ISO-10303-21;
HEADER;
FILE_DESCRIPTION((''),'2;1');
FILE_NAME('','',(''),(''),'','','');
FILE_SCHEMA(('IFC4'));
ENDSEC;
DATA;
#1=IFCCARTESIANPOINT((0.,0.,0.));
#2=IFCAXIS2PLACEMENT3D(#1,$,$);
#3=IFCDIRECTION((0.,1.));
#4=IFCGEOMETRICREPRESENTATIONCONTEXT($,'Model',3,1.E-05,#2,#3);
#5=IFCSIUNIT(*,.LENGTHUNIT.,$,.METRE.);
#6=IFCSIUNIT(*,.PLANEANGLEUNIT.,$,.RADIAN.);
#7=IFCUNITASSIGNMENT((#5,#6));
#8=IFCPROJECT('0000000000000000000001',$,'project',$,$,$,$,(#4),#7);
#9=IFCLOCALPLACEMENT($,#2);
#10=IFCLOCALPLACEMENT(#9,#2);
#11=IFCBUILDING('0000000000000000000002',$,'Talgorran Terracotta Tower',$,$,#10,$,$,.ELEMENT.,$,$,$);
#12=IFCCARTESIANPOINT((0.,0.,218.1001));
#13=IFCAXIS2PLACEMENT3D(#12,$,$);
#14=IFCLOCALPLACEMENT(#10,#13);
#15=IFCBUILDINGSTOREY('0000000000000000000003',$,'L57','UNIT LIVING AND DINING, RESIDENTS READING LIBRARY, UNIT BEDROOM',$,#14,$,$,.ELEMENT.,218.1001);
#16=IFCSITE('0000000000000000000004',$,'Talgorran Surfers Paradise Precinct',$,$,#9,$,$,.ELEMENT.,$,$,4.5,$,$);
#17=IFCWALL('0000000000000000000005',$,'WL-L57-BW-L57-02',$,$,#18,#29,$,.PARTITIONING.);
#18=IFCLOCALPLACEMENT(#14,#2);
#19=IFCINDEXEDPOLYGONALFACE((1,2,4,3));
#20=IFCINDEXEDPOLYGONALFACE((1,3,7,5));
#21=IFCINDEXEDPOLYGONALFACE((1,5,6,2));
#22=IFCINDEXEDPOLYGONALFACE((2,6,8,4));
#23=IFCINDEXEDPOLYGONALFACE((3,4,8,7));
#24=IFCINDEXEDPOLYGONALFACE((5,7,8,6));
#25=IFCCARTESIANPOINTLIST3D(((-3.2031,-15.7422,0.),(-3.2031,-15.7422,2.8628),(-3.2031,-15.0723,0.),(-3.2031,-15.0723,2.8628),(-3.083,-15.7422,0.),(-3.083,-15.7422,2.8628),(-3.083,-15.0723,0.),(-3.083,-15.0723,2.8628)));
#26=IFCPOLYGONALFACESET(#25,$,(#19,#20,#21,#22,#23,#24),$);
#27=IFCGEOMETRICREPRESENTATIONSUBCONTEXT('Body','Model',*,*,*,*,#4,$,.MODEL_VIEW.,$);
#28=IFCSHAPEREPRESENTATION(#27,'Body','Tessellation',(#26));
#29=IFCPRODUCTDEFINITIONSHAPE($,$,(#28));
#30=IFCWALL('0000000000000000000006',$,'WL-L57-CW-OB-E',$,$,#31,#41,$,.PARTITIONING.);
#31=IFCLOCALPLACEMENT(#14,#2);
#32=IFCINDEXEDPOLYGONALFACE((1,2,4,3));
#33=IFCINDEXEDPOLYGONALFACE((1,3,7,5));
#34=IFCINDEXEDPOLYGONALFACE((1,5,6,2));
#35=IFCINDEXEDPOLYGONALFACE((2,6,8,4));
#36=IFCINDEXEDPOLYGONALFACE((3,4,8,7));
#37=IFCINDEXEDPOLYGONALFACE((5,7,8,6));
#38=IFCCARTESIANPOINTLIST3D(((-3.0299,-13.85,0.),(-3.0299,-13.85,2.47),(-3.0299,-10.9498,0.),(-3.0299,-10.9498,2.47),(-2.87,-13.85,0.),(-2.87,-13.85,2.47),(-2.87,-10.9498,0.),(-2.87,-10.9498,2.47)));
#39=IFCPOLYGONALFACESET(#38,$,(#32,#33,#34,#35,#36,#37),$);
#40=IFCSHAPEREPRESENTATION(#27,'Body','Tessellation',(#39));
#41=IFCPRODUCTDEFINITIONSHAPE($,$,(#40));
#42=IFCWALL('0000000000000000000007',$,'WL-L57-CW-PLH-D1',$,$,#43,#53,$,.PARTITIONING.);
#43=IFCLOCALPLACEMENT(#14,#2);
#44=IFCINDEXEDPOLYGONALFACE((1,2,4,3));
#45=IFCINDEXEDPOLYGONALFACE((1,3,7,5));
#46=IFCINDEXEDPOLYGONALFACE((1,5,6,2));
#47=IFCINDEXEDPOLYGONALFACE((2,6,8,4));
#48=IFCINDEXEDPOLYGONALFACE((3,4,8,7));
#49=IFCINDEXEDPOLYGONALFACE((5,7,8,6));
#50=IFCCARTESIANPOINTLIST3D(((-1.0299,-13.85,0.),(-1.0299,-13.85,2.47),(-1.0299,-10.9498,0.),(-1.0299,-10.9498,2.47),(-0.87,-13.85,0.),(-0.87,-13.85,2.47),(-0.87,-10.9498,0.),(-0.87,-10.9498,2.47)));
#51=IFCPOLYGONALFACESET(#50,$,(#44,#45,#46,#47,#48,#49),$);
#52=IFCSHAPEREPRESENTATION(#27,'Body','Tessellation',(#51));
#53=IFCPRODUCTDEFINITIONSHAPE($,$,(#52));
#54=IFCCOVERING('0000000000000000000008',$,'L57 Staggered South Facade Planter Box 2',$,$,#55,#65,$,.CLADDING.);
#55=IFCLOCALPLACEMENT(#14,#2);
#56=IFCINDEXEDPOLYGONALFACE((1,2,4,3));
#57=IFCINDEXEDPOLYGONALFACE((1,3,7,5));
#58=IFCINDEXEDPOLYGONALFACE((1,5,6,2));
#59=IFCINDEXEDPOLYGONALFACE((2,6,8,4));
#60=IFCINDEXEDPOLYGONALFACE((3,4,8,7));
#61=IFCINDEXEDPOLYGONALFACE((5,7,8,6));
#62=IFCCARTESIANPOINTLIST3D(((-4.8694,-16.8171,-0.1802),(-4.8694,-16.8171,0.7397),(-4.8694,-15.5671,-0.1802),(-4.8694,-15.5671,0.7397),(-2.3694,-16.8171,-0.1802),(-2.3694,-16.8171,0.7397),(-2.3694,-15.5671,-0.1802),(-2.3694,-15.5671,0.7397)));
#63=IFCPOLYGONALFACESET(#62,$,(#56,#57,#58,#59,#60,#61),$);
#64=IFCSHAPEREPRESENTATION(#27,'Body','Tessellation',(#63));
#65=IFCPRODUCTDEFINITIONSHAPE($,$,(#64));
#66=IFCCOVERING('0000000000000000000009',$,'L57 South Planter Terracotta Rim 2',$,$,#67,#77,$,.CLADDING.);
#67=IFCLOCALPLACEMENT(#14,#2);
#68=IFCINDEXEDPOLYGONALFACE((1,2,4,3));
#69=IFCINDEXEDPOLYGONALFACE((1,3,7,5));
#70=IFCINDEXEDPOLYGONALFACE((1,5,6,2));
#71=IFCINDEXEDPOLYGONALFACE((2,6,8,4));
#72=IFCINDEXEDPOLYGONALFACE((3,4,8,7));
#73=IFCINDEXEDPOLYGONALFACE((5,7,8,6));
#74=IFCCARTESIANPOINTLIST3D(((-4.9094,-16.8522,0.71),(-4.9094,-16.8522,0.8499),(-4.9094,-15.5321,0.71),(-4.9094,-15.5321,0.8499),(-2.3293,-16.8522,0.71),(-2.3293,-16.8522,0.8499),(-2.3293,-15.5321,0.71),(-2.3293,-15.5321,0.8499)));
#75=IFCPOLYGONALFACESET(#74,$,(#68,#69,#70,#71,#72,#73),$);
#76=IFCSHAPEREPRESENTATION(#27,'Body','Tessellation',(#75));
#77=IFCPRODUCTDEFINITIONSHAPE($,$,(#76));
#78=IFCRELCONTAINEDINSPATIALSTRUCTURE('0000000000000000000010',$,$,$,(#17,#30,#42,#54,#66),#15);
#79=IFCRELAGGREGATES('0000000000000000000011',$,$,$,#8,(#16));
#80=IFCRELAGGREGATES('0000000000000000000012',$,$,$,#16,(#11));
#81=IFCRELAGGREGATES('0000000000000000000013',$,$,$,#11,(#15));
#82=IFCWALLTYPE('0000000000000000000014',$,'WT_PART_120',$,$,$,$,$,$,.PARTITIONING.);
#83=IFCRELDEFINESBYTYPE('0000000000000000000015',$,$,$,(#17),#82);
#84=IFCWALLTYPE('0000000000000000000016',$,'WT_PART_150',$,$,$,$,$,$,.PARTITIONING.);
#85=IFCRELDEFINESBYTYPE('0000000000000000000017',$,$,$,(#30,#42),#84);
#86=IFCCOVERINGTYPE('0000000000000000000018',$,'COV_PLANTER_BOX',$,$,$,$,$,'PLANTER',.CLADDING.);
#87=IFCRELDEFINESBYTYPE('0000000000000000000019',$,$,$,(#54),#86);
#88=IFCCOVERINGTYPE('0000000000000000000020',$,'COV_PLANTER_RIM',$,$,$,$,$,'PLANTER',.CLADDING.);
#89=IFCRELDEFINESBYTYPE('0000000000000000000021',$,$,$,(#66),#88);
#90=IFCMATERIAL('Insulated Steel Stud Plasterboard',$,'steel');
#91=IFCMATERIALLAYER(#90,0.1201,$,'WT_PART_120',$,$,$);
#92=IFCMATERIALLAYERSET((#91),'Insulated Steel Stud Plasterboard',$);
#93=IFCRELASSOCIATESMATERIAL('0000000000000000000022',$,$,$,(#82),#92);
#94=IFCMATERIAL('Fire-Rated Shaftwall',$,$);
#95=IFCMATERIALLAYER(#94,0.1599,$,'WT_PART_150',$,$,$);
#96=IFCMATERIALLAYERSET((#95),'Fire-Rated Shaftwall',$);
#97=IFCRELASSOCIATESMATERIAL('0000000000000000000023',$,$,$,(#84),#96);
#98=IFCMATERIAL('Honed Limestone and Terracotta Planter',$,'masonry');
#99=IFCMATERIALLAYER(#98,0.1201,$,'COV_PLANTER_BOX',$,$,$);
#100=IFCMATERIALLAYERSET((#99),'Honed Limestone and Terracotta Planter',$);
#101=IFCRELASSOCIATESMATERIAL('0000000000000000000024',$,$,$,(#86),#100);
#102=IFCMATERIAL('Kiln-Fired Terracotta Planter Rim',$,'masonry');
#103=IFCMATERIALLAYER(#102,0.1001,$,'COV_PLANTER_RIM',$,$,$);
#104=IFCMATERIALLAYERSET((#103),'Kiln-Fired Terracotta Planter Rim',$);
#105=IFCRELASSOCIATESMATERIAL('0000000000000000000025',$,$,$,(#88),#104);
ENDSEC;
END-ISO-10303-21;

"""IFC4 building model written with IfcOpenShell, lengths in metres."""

from ifc_helpers import new_model, si_unit, direction, frame, frame_2d, origin, origin_2d, place, context, subcontext, project, spatial, rectangle, extrude, material, layer, layer_set, type_object, element, save


model = new_model("IFC4")

# Units and contexts
model_context = context("Model", 3, precision=1e-05, world=origin(), true_north=direction((0.0, 1.0)))
body_context = subcontext(model_context, "Body", "Model", "MODEL_VIEW")
ifc_project = project(units=[si_unit("LENGTHUNIT", "METRE"), si_unit("PLANEANGLEUNIT", "RADIAN")], contexts=[model_context])

# Site, building, storey
site_placement = place(None, origin())
site = spatial("IfcSite", under=ifc_project, at=site_placement, Name="Talgorran Surfers Paradise Precinct", CompositionType="ELEMENT", RefElevation=4.5)
building_placement = place(site_placement, origin())
building = spatial("IfcBuilding", under=site, at=building_placement, Name="Talgorran Terracotta Tower", CompositionType="ELEMENT")
storey_placement = place(building_placement, frame((0.0, 0.0, 218.1001)))
storey = spatial("IfcBuildingStorey", under=building, at=storey_placement, Name="L57", Description="UNIT LIVING AND DINING, RESIDENTS READING LIBRARY, UNIT BEDROOM", CompositionType="ELEMENT", Elevation=218.1001)

# Walls
ifc_material_1 = material(Name="Insulated Steel Stud Plasterboard", Category="steel")
ifc_layer_1 = layer(ifc_material_1, 0.1201, Name="WT_PART_120")
ifc_layer_set_1 = layer_set([ifc_layer_1], Name="Insulated Steel Stud Plasterboard")
wall_type_1 = type_object("IfcWallType", Name="WT_PART_120", PredefinedType="PARTITIONING", material=ifc_layer_set_1)
wall_1_placement = place(storey_placement, frame((-3.1431, -15.0723, 0.0), z_axis=(0.0, 0.0, 1.0), x_axis=(0.0, -1.0, 0.0)))
element("IfcWall", 1, at=wall_1_placement, inside=storey, type_object=wall_type_1, Name="WL-L57-BW-L57-02", PredefinedType="PARTITIONING", context=body_context, shape_type="SweptSolid", body=[
    extrude(rectangle(XDim=0.6699, YDim=0.1201, at=frame_2d((0.335, 0.0))), origin(), (0.0, 0.0, 1.0), 2.8628),
])
ifc_material_2 = material(Name="Fire-Rated Shaftwall")
ifc_layer_2 = layer(ifc_material_2, 0.1599, Name="WT_PART_150")
ifc_layer_set_2 = layer_set([ifc_layer_2], Name="Fire-Rated Shaftwall")
wall_type_2 = type_object("IfcWallType", Name="WT_PART_150", PredefinedType="PARTITIONING", material=ifc_layer_set_2)
for number, where, z_axis, x_axis, name in (
    (2, (-2.95, -13.8501, 0.0), (0.0, 0.0, 1.0), (0.0, 1.0, 0.0), "WL-L57-CW-OB-E"),
    (3, (-0.95, -13.8501, 0.0), (0.0, 0.0, 1.0), (0.0, 1.0, 0.0), "WL-L57-CW-PLH-D1"),
):
    element("IfcWall", number, at=place(storey_placement, frame(where, z_axis=z_axis, x_axis=x_axis)), inside=storey, type_object=wall_type_2, Name=name, PredefinedType="PARTITIONING", context=body_context, shape_type="SweptSolid", body=[
        extrude(rectangle(XDim=2.9001, YDim=0.1599, at=frame_2d((1.4502, 0.0))), origin(), (0.0, 0.0, 1.0), 2.47),
    ])

# Coverings
ifc_material_3 = material(Name="Honed Limestone and Terracotta Planter", Category="masonry")
ifc_layer_3 = layer(ifc_material_3, 0.1201, Name="COV_PLANTER_BOX")
ifc_layer_set_3 = layer_set([ifc_layer_3], Name="Honed Limestone and Terracotta Planter")
covering_type_1 = type_object("IfcCoveringType", Name="COV_PLANTER_BOX", ElementType="PLANTER", PredefinedType="CLADDING", material=ifc_layer_set_3)
covering_1_placement = place(storey_placement, frame((-3.6194, -16.1921, -0.1802), z_axis=(0.0, 0.0, 1.0), x_axis=(1.0, 0.0, 0.0)))
element("IfcCovering", 4, at=covering_1_placement, inside=storey, type_object=covering_type_1, Name="L57 Staggered South Facade Planter Box 2", PredefinedType="CLADDING", context=body_context, shape_type="SweptSolid", body=[
    extrude(rectangle(XDim=2.5, YDim=1.25, at=origin_2d()), origin(), (0.0, 0.0, 1.0), 0.9199),
])
ifc_material_4 = material(Name="Kiln-Fired Terracotta Planter Rim", Category="masonry")
ifc_layer_4 = layer(ifc_material_4, 0.1001, Name="COV_PLANTER_RIM")
ifc_layer_set_4 = layer_set([ifc_layer_4], Name="Kiln-Fired Terracotta Planter Rim")
covering_type_2 = type_object("IfcCoveringType", Name="COV_PLANTER_RIM", ElementType="PLANTER", PredefinedType="CLADDING", material=ifc_layer_set_4)
covering_2_placement = place(storey_placement, frame((-3.6194, -16.1921, 0.71), z_axis=(0.0, 0.0, 1.0), x_axis=(1.0, 0.0, 0.0)))
element("IfcCovering", 5, at=covering_2_placement, inside=storey, type_object=covering_type_2, Name="L57 South Planter Terracotta Rim 2", PredefinedType="CLADDING", context=body_context, shape_type="SweptSolid", body=[
    extrude(rectangle(XDim=2.5801, YDim=1.3201, at=origin_2d()), origin(), (0.0, 0.0, 1.0), 0.1399),
])

save(model, "model.ifc")
